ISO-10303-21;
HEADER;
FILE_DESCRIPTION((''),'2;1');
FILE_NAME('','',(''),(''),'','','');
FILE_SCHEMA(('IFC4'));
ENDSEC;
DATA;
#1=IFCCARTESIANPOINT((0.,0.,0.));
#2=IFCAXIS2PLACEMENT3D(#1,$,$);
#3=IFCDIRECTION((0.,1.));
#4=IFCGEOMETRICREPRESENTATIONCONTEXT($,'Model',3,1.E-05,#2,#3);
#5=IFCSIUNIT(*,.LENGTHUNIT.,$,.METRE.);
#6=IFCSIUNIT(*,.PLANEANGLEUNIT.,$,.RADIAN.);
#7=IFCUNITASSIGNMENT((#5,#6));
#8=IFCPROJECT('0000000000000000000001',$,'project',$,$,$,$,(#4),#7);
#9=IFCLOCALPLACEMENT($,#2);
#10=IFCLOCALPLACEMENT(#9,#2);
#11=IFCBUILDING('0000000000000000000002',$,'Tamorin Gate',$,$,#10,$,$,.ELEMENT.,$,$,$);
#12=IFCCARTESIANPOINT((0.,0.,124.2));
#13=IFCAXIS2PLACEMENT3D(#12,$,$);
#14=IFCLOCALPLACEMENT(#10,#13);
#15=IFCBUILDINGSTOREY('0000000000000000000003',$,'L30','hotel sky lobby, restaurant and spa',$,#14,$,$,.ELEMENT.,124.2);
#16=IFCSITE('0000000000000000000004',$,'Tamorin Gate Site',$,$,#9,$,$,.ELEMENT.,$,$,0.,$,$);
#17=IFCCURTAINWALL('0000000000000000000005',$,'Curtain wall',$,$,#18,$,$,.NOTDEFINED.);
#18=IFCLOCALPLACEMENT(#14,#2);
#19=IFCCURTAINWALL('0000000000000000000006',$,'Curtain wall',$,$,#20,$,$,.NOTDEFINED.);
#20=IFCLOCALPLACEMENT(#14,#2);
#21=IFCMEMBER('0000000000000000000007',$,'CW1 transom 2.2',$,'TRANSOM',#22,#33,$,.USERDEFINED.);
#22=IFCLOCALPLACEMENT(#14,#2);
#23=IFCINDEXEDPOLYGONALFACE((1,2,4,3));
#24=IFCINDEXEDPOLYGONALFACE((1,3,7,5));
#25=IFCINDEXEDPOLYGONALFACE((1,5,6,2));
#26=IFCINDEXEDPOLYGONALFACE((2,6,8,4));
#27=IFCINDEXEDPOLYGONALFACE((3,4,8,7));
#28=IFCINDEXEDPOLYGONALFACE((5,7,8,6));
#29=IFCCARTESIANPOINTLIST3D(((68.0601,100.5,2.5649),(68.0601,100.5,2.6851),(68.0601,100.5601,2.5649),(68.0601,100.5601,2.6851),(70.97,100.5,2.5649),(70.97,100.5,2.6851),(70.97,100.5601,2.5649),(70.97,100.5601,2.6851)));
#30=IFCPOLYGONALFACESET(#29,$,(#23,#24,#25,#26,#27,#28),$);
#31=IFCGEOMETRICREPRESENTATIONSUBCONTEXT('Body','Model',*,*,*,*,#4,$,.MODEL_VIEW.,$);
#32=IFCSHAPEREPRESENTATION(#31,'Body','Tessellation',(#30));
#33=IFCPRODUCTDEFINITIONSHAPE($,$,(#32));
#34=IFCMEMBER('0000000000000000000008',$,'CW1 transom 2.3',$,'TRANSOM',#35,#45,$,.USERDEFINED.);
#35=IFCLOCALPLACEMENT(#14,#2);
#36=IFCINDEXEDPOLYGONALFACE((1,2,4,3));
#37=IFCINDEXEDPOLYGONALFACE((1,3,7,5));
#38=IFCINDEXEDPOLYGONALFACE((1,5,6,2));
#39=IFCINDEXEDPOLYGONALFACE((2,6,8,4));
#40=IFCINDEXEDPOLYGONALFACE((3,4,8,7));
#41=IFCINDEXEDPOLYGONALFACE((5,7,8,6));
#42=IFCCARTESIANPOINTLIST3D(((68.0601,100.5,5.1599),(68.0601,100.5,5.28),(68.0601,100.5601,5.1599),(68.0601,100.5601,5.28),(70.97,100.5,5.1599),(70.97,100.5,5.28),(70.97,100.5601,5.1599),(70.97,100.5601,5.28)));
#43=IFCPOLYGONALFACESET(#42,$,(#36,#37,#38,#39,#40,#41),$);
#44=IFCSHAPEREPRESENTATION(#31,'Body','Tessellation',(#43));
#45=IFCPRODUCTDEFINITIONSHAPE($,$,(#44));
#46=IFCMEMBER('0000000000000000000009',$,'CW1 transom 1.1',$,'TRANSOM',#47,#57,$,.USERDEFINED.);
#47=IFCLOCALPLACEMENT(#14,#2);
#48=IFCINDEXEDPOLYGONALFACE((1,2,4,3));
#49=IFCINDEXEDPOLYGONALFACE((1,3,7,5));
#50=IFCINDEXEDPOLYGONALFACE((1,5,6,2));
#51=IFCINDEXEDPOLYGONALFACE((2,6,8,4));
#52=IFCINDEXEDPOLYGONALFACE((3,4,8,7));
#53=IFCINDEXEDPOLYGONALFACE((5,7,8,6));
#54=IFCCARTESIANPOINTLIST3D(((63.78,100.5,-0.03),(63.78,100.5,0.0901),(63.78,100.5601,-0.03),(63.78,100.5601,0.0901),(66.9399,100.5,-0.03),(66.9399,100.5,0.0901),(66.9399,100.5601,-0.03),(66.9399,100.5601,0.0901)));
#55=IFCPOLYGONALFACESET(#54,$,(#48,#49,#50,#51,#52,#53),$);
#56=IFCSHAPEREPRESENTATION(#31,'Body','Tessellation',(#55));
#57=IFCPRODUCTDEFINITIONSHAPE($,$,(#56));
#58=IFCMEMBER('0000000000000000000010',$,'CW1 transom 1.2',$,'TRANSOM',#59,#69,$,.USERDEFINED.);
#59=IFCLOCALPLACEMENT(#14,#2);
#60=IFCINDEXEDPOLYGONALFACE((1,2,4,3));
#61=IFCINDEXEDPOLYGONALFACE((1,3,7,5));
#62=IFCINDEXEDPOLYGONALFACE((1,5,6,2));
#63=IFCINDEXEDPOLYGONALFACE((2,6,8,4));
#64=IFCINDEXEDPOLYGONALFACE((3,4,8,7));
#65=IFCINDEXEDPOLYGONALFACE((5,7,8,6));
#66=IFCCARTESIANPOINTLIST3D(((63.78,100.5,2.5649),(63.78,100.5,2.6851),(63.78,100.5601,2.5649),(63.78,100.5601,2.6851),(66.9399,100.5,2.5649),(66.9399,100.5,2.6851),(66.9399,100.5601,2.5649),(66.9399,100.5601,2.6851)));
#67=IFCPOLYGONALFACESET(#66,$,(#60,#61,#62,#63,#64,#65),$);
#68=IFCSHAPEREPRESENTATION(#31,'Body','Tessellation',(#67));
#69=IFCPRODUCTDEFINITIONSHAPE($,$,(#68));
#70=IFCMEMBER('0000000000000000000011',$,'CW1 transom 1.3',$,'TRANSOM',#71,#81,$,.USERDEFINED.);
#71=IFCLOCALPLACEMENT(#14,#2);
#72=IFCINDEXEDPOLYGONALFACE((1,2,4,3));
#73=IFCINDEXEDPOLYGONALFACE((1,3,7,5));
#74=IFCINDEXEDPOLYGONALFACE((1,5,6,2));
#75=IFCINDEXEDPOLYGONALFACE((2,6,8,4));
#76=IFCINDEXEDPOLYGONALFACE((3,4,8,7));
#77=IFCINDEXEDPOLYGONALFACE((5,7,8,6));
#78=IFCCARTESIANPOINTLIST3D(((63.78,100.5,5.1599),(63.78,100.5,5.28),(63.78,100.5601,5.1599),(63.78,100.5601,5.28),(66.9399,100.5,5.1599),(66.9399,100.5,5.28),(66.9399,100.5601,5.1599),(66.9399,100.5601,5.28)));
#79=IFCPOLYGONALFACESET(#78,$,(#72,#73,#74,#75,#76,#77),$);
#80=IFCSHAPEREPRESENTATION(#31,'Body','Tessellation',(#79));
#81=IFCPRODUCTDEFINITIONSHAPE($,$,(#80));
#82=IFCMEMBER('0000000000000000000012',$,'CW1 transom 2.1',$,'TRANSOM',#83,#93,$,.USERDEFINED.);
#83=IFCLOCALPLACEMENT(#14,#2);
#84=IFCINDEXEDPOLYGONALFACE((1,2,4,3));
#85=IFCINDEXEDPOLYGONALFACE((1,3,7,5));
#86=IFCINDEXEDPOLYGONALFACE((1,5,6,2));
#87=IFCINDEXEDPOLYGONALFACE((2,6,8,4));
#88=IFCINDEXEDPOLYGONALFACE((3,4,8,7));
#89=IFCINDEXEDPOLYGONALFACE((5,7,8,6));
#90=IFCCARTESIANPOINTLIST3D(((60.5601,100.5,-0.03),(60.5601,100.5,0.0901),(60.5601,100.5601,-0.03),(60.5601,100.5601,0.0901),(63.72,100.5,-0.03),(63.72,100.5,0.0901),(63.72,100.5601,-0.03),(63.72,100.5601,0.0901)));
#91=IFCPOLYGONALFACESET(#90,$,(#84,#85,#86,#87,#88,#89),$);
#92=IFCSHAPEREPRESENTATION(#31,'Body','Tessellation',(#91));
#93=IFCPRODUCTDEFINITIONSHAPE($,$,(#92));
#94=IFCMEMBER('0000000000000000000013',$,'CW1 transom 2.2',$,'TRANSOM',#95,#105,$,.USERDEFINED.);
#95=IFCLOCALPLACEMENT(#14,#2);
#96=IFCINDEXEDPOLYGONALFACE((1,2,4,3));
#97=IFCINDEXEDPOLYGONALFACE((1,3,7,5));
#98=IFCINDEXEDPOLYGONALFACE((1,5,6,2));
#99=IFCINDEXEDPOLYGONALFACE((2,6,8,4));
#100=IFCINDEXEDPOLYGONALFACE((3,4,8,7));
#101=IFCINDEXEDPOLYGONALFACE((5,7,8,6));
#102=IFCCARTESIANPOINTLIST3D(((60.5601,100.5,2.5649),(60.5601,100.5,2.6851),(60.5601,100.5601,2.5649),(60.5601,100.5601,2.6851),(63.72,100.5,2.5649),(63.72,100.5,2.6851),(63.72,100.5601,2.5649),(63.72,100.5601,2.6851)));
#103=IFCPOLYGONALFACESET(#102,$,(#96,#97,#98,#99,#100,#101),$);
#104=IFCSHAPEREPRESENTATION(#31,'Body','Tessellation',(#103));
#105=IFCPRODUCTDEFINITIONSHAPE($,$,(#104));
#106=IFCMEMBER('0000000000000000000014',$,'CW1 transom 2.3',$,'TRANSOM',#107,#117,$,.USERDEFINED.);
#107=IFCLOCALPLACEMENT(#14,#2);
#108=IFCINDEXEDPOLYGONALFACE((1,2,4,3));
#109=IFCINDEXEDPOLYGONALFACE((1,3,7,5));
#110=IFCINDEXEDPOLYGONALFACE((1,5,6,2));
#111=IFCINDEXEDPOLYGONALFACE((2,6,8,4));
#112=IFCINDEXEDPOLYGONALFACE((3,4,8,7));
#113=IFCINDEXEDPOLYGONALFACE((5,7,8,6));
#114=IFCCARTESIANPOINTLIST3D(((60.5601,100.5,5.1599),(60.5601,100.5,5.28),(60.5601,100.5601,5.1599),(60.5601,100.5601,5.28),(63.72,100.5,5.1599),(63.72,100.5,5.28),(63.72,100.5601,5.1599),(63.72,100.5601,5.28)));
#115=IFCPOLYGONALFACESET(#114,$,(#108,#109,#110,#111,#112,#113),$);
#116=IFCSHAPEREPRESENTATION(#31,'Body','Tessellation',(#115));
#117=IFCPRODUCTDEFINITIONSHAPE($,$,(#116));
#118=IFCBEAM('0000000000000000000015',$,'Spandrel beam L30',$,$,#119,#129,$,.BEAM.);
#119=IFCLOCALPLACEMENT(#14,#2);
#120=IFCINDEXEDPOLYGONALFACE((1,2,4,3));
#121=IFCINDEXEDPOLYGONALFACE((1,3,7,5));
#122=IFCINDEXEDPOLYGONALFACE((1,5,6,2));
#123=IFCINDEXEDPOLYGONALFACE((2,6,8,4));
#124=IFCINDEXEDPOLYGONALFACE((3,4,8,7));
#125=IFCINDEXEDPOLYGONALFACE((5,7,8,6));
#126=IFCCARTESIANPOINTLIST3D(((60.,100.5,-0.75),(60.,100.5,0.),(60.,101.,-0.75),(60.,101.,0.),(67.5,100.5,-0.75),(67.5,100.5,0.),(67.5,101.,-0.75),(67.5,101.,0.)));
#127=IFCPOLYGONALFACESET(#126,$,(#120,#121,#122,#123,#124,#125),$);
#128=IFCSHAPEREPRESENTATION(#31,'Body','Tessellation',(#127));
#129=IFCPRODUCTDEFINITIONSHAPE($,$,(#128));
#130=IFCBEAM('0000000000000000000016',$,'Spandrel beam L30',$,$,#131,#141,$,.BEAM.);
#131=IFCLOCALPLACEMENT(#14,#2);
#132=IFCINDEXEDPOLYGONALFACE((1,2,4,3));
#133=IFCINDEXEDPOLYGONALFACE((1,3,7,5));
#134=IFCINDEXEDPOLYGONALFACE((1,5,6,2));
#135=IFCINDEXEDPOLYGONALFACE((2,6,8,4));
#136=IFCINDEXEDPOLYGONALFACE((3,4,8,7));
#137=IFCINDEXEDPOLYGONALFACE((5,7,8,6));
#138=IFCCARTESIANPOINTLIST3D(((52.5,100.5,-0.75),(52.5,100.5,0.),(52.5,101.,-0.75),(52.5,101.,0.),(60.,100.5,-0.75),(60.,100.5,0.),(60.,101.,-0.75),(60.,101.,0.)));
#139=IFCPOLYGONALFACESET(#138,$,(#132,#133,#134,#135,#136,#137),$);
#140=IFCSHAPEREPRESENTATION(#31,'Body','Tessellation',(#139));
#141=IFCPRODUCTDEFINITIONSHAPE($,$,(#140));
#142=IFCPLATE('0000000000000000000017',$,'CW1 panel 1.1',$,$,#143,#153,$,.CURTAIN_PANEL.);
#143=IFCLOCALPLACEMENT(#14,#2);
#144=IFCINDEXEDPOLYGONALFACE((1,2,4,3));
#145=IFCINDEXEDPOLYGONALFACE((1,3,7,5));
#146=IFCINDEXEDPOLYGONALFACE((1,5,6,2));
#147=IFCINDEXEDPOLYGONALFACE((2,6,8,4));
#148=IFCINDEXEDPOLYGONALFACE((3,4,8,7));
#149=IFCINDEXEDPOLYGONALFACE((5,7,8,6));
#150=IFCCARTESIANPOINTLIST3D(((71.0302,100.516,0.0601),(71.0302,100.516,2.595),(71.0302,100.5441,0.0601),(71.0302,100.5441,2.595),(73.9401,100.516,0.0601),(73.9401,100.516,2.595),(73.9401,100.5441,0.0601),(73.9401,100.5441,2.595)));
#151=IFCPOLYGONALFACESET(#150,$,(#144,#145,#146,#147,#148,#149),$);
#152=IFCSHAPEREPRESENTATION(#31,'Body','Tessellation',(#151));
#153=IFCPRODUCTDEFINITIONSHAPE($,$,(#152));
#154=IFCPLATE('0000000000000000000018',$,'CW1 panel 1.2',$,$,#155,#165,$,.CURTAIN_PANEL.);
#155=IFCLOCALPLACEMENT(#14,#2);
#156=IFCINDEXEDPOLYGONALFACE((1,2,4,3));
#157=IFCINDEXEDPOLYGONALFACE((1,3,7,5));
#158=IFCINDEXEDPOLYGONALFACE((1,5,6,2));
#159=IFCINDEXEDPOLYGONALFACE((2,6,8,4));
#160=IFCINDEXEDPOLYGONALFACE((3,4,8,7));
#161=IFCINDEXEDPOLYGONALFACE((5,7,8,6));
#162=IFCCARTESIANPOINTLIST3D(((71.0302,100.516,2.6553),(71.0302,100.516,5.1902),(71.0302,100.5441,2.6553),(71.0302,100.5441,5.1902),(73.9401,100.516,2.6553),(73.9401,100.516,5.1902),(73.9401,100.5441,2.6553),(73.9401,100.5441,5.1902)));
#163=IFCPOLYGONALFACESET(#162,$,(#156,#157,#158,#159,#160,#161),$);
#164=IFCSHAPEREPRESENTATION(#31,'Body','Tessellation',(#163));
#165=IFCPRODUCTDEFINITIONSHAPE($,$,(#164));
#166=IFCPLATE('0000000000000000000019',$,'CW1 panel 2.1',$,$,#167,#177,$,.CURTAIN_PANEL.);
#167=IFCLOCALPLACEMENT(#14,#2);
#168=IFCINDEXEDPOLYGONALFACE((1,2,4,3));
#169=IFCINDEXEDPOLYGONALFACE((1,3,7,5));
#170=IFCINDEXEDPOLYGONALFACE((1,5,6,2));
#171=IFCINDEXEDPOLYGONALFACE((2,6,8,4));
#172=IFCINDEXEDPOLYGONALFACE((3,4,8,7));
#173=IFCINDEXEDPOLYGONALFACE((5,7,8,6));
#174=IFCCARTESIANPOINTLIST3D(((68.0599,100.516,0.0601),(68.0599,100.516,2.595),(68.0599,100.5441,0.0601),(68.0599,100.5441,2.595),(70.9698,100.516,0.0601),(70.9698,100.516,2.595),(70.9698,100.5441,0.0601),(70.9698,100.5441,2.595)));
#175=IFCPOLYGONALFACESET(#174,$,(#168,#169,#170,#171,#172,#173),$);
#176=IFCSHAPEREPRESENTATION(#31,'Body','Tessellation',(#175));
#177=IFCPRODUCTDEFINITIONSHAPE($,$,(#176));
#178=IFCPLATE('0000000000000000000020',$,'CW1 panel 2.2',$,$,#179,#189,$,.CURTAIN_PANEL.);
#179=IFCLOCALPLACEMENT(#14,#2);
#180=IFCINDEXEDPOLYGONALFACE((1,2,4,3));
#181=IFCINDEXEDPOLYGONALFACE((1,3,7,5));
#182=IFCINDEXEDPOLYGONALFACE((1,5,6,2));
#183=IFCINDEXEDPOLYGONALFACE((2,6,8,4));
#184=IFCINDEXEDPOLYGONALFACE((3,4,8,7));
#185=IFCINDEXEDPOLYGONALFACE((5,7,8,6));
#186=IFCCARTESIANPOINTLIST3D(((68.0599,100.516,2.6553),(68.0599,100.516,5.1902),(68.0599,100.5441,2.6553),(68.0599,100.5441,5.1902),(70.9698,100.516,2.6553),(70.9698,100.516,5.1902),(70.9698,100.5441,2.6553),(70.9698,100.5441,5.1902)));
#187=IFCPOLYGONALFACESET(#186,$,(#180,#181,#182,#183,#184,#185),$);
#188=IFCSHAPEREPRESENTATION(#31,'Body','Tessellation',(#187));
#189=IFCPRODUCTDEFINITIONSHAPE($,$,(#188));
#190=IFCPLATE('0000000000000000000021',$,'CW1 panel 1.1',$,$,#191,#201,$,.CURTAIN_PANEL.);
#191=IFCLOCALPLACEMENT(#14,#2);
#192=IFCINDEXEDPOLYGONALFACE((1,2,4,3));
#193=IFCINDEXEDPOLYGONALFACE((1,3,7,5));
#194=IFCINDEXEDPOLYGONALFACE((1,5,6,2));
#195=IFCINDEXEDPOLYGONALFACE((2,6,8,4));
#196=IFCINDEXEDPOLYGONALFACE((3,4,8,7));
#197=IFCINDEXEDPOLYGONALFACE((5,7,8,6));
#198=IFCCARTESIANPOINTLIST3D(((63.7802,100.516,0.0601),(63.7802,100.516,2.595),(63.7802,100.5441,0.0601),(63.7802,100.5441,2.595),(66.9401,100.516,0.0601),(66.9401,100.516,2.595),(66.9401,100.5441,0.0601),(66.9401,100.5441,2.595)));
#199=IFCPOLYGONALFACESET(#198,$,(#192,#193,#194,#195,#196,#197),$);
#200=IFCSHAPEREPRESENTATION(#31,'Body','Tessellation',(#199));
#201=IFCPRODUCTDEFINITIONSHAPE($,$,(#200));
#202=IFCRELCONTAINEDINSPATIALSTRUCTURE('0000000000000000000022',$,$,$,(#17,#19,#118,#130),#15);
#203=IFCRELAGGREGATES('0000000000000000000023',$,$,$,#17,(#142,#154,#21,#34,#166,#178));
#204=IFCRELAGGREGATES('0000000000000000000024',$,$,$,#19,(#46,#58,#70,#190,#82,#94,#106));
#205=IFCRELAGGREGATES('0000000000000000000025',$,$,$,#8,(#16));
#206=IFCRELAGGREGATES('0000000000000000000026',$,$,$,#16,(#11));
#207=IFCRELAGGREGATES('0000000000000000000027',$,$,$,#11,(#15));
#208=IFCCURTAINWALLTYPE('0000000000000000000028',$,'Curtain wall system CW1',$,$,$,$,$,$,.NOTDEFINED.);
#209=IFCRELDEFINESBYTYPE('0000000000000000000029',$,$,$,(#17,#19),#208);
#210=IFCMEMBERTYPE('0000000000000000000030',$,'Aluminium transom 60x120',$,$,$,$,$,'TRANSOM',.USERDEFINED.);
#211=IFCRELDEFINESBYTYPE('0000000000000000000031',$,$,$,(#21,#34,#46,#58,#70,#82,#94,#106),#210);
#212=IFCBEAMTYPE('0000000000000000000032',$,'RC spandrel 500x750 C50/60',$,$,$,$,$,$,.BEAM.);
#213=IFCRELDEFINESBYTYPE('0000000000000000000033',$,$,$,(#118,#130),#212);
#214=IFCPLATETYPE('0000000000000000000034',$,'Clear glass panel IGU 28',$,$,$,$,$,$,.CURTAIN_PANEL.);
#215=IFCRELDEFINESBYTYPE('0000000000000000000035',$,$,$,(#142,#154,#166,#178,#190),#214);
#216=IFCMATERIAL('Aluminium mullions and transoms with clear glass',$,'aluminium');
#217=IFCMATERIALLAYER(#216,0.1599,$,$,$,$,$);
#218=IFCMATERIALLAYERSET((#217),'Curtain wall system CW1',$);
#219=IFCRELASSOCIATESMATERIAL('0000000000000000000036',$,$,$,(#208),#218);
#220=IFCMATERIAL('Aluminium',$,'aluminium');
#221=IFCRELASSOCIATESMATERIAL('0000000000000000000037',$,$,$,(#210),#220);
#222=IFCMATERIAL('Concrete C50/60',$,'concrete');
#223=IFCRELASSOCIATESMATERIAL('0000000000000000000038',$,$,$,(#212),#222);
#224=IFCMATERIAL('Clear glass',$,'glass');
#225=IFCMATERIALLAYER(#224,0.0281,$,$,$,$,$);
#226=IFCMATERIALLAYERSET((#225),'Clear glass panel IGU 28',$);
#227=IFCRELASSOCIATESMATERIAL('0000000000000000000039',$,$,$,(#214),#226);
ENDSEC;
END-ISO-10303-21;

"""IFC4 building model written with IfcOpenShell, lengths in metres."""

from ifc_helpers import new_model, si_unit, direction, frame, origin, origin_2d, place, context, subcontext, project, spatial, rectangle, extrude, material, layer, layer_set, material_profile, profile_set, type_object, element, aggregate, save


model = new_model("IFC4")

# Units and contexts
model_context = context("Model", 3, precision=1e-05, world=origin(), true_north=direction((0.0, 1.0)))
body_context = subcontext(model_context, "Body", "Model", "MODEL_VIEW")
ifc_project = project(units=[si_unit("LENGTHUNIT", "METRE"), si_unit("PLANEANGLEUNIT", "RADIAN")], contexts=[model_context])

# Site, building, storey
site_placement = place(None, origin())
site = spatial("IfcSite", under=ifc_project, at=site_placement, Name="Tamorin Gate Site", CompositionType="ELEMENT", RefElevation=0.0)
building_placement = place(site_placement, origin())
building = spatial("IfcBuilding", under=site, at=building_placement, Name="Tamorin Gate", CompositionType="ELEMENT")
storey_placement = place(building_placement, frame((0.0, 0.0, 124.2)))
storey = spatial("IfcBuildingStorey", under=building, at=storey_placement, Name="L30", Description="hotel sky lobby, restaurant and spa", CompositionType="ELEMENT", Elevation=124.2)

# Curtain walls
ifc_material_1 = material(Name="Aluminium mullions and transoms with clear glass", Category="aluminium")
ifc_layer_1 = layer(ifc_material_1, 0.1599)
ifc_layer_set_1 = layer_set([ifc_layer_1], Name="Curtain wall system CW1")
curtain_wall_type = type_object("IfcCurtainWallType", Name="Curtain wall system CW1", PredefinedType="NOTDEFINED", material=ifc_layer_set_1)
curtain_wall_1_placement = place(storey_placement, origin())
curtain_wall_1 = element("IfcCurtainWall", 1, at=curtain_wall_1_placement, inside=storey, type_object=curtain_wall_type, Name="Curtain wall", PredefinedType="NOTDEFINED")
ifc_material_2 = material(Name="Aluminium", Category="aluminium")
curtain_wall_2_placement = place(storey_placement, origin())
curtain_wall_2 = element("IfcCurtainWall", 2, at=curtain_wall_2_placement, inside=storey, type_object=curtain_wall_type, Name="Curtain wall", PredefinedType="NOTDEFINED")

# Members
ifc_material_profile_1 = material_profile(ifc_material_2, rectangle(XDim=0.0601, YDim=0.1201, at=origin_2d()), Name="RECT 60x120")
ifc_profile_set_1 = profile_set([ifc_material_profile_1], Name="Aluminium")
member_type_1 = type_object("IfcMemberType", Name="Aluminium transom 60x120", ElementType="TRANSOM", PredefinedType="USERDEFINED", material=ifc_profile_set_1)
member_1_placement = place(storey_placement, frame((70.97, 100.53, 2.625), z_axis=(-1.0, 0.0, 0.0), x_axis=(0.0, -1.0, 0.0)))
member_1 = element("IfcMember", 3, at=member_1_placement, type_object=member_type_1, Name="CW1 transom 2.2", ObjectType="TRANSOM", PredefinedType="USERDEFINED", context=body_context, shape_type="SweptSolid", body=[
    extrude(rectangle(XDim=0.0601, YDim=0.1201, at=origin_2d()), origin(), (0.0, 0.0, 1.0), 2.9099),
])
member_2_placement = place(storey_placement, frame((70.97, 100.53, 5.22), z_axis=(-1.0, 0.0, 0.0), x_axis=(0.0, -1.0, 0.0)))
member_2 = element("IfcMember", 4, at=member_2_placement, type_object=member_type_1, Name="CW1 transom 2.3", ObjectType="TRANSOM", PredefinedType="USERDEFINED", context=body_context, shape_type="SweptSolid", body=[
    extrude(rectangle(XDim=0.0601, YDim=0.1201, at=origin_2d()), origin(), (0.0, 0.0, 1.0), 2.9099),
])
member_3_placement = place(storey_placement, frame((66.9399, 100.53, 0.03), z_axis=(-1.0, 0.0, 0.0), x_axis=(0.0, -1.0, 0.0)))
member_3 = element("IfcMember", 5, at=member_3_placement, type_object=member_type_1, Name="CW1 transom 1.1", ObjectType="TRANSOM", PredefinedType="USERDEFINED", context=body_context, shape_type="SweptSolid", body=[
    extrude(rectangle(XDim=0.0601, YDim=0.1201, at=origin_2d()), origin(), (0.0, 0.0, 1.0), 3.1599),
])
member_4_placement = place(storey_placement, frame((66.9399, 100.53, 2.625), z_axis=(-1.0, 0.0, 0.0), x_axis=(0.0, -1.0, 0.0)))
member_4 = element("IfcMember", 6, at=member_4_placement, type_object=member_type_1, Name="CW1 transom 1.2", ObjectType="TRANSOM", PredefinedType="USERDEFINED", context=body_context, shape_type="SweptSolid", body=[
    extrude(rectangle(XDim=0.0601, YDim=0.1201, at=origin_2d()), origin(), (0.0, 0.0, 1.0), 3.1599),
])
member_5_placement = place(storey_placement, frame((66.9399, 100.53, 5.22), z_axis=(-1.0, 0.0, 0.0), x_axis=(0.0, -1.0, 0.0)))
member_5 = element("IfcMember", 7, at=member_5_placement, type_object=member_type_1, Name="CW1 transom 1.3", ObjectType="TRANSOM", PredefinedType="USERDEFINED", context=body_context, shape_type="SweptSolid", body=[
    extrude(rectangle(XDim=0.0601, YDim=0.1201, at=origin_2d()), origin(), (0.0, 0.0, 1.0), 3.1599),
])
member_6_placement = place(storey_placement, frame((63.72, 100.53, 0.03), z_axis=(-1.0, 0.0, 0.0), x_axis=(0.0, -1.0, 0.0)))
member_6 = element("IfcMember", 8, at=member_6_placement, type_object=member_type_1, Name="CW1 transom 2.1", ObjectType="TRANSOM", PredefinedType="USERDEFINED", context=body_context, shape_type="SweptSolid", body=[
    extrude(rectangle(XDim=0.0601, YDim=0.1201, at=origin_2d()), origin(), (0.0, 0.0, 1.0), 3.1599),
])
member_7_placement = place(storey_placement, frame((63.72, 100.53, 2.625), z_axis=(-1.0, 0.0, 0.0), x_axis=(0.0, -1.0, 0.0)))
member_7 = element("IfcMember", 9, at=member_7_placement, type_object=member_type_1, Name="CW1 transom 2.2", ObjectType="TRANSOM", PredefinedType="USERDEFINED", context=body_context, shape_type="SweptSolid", body=[
    extrude(rectangle(XDim=0.0601, YDim=0.1201, at=origin_2d()), origin(), (0.0, 0.0, 1.0), 3.1599),
])
member_8_placement = place(storey_placement, frame((63.72, 100.53, 5.22), z_axis=(-1.0, 0.0, 0.0), x_axis=(0.0, -1.0, 0.0)))
member_8 = element("IfcMember", 10, at=member_8_placement, type_object=member_type_1, Name="CW1 transom 2.3", ObjectType="TRANSOM", PredefinedType="USERDEFINED", context=body_context, shape_type="SweptSolid", body=[
    extrude(rectangle(XDim=0.0601, YDim=0.1201, at=origin_2d()), origin(), (0.0, 0.0, 1.0), 3.1599),
])

# Beams
ifc_material_3 = material(Name="Concrete C50/60", Category="concrete")
ifc_material_profile_2 = material_profile(ifc_material_3, rectangle(XDim=0.5, YDim=0.75, at=origin_2d()), Name="RC 500x750")
ifc_profile_set_2 = profile_set([ifc_material_profile_2], Name="Concrete C50/60")
beam_type = type_object("IfcBeamType", Name="RC spandrel 500x750 C50/60", PredefinedType="BEAM", material=ifc_profile_set_2)
for number, where, z_axis, x_axis, name in (
    (11, (67.5, 100.75, -0.375), (-1.0, 0.0, 0.0), (0.0, -1.0, 0.0), "Spandrel beam L30"),
    (12, (60.0, 100.75, -0.375), (-1.0, 0.0, 0.0), (0.0, -1.0, 0.0), "Spandrel beam L30"),
):
    element("IfcBeam", number, at=place(storey_placement, frame(where, z_axis=z_axis, x_axis=x_axis)), inside=storey, type_object=beam_type, Name=name, PredefinedType="BEAM", context=body_context, shape_type="SweptSolid", body=[
        extrude(rectangle(XDim=0.5, YDim=0.75, at=origin_2d()), origin(), (0.0, 0.0, 1.0), 7.5),
    ])

# Plates
ifc_material_4 = material(Name="Clear glass", Category="glass")
ifc_layer_2 = layer(ifc_material_4, 0.0281)
ifc_layer_set_2 = layer_set([ifc_layer_2], Name="Clear glass panel IGU 28")
plate_type = type_object("IfcPlateType", Name="Clear glass panel IGU 28", PredefinedType="CURTAIN_PANEL", material=ifc_layer_set_2)
plate_1_placement = place(storey_placement, frame((72.4851, 100.53, 0.0601), z_axis=(0.0, 0.0, 1.0), x_axis=(-1.0, 0.0, 0.0)))
plate_1 = element("IfcPlate", 13, at=plate_1_placement, type_object=plate_type, Name="CW1 panel 1.1", PredefinedType="CURTAIN_PANEL", context=body_context, shape_type="SweptSolid", body=[
    extrude(rectangle(XDim=2.9099, YDim=0.0281, at=origin_2d()), origin(), (0.0, 0.0, 1.0), 2.5349),
])
plate_2_placement = place(storey_placement, frame((72.4851, 100.53, 2.6553), z_axis=(0.0, 0.0, 1.0), x_axis=(-1.0, 0.0, 0.0)))
plate_2 = element("IfcPlate", 14, at=plate_2_placement, type_object=plate_type, Name="CW1 panel 1.2", PredefinedType="CURTAIN_PANEL", context=body_context, shape_type="SweptSolid", body=[
    extrude(rectangle(XDim=2.9099, YDim=0.0281, at=origin_2d()), origin(), (0.0, 0.0, 1.0), 2.5349),
])
plate_3_placement = place(storey_placement, frame((69.5149, 100.53, 0.0601), z_axis=(0.0, 0.0, 1.0), x_axis=(-1.0, 0.0, 0.0)))
plate_3 = element("IfcPlate", 15, at=plate_3_placement, type_object=plate_type, Name="CW1 panel 2.1", PredefinedType="CURTAIN_PANEL", context=body_context, shape_type="SweptSolid", body=[
    extrude(rectangle(XDim=2.9099, YDim=0.0281, at=origin_2d()), origin(), (0.0, 0.0, 1.0), 2.5349),
])
plate_4_placement = place(storey_placement, frame((69.5149, 100.53, 2.6553), z_axis=(0.0, 0.0, 1.0), x_axis=(-1.0, 0.0, 0.0)))
plate_4 = element("IfcPlate", 16, at=plate_4_placement, type_object=plate_type, Name="CW1 panel 2.2", PredefinedType="CURTAIN_PANEL", context=body_context, shape_type="SweptSolid", body=[
    extrude(rectangle(XDim=2.9099, YDim=0.0281, at=origin_2d()), origin(), (0.0, 0.0, 1.0), 2.5349),
])
aggregate(curtain_wall_1, [plate_1, plate_2, member_1, member_2, plate_3, plate_4])
plate_5_placement = place(storey_placement, frame((65.3601, 100.53, 0.0601), z_axis=(0.0, 0.0, 1.0), x_axis=(-1.0, 0.0, 0.0)))
plate_5 = element("IfcPlate", 17, at=plate_5_placement, type_object=plate_type, Name="CW1 panel 1.1", PredefinedType="CURTAIN_PANEL", context=body_context, shape_type="SweptSolid", body=[
    extrude(rectangle(XDim=3.1599, YDim=0.0281, at=origin_2d()), origin(), (0.0, 0.0, 1.0), 2.5349),
])
aggregate(curtain_wall_2, [member_3, member_4, member_5, plate_5, member_6, member_7, member_8])

save(model, "model.ifc")
